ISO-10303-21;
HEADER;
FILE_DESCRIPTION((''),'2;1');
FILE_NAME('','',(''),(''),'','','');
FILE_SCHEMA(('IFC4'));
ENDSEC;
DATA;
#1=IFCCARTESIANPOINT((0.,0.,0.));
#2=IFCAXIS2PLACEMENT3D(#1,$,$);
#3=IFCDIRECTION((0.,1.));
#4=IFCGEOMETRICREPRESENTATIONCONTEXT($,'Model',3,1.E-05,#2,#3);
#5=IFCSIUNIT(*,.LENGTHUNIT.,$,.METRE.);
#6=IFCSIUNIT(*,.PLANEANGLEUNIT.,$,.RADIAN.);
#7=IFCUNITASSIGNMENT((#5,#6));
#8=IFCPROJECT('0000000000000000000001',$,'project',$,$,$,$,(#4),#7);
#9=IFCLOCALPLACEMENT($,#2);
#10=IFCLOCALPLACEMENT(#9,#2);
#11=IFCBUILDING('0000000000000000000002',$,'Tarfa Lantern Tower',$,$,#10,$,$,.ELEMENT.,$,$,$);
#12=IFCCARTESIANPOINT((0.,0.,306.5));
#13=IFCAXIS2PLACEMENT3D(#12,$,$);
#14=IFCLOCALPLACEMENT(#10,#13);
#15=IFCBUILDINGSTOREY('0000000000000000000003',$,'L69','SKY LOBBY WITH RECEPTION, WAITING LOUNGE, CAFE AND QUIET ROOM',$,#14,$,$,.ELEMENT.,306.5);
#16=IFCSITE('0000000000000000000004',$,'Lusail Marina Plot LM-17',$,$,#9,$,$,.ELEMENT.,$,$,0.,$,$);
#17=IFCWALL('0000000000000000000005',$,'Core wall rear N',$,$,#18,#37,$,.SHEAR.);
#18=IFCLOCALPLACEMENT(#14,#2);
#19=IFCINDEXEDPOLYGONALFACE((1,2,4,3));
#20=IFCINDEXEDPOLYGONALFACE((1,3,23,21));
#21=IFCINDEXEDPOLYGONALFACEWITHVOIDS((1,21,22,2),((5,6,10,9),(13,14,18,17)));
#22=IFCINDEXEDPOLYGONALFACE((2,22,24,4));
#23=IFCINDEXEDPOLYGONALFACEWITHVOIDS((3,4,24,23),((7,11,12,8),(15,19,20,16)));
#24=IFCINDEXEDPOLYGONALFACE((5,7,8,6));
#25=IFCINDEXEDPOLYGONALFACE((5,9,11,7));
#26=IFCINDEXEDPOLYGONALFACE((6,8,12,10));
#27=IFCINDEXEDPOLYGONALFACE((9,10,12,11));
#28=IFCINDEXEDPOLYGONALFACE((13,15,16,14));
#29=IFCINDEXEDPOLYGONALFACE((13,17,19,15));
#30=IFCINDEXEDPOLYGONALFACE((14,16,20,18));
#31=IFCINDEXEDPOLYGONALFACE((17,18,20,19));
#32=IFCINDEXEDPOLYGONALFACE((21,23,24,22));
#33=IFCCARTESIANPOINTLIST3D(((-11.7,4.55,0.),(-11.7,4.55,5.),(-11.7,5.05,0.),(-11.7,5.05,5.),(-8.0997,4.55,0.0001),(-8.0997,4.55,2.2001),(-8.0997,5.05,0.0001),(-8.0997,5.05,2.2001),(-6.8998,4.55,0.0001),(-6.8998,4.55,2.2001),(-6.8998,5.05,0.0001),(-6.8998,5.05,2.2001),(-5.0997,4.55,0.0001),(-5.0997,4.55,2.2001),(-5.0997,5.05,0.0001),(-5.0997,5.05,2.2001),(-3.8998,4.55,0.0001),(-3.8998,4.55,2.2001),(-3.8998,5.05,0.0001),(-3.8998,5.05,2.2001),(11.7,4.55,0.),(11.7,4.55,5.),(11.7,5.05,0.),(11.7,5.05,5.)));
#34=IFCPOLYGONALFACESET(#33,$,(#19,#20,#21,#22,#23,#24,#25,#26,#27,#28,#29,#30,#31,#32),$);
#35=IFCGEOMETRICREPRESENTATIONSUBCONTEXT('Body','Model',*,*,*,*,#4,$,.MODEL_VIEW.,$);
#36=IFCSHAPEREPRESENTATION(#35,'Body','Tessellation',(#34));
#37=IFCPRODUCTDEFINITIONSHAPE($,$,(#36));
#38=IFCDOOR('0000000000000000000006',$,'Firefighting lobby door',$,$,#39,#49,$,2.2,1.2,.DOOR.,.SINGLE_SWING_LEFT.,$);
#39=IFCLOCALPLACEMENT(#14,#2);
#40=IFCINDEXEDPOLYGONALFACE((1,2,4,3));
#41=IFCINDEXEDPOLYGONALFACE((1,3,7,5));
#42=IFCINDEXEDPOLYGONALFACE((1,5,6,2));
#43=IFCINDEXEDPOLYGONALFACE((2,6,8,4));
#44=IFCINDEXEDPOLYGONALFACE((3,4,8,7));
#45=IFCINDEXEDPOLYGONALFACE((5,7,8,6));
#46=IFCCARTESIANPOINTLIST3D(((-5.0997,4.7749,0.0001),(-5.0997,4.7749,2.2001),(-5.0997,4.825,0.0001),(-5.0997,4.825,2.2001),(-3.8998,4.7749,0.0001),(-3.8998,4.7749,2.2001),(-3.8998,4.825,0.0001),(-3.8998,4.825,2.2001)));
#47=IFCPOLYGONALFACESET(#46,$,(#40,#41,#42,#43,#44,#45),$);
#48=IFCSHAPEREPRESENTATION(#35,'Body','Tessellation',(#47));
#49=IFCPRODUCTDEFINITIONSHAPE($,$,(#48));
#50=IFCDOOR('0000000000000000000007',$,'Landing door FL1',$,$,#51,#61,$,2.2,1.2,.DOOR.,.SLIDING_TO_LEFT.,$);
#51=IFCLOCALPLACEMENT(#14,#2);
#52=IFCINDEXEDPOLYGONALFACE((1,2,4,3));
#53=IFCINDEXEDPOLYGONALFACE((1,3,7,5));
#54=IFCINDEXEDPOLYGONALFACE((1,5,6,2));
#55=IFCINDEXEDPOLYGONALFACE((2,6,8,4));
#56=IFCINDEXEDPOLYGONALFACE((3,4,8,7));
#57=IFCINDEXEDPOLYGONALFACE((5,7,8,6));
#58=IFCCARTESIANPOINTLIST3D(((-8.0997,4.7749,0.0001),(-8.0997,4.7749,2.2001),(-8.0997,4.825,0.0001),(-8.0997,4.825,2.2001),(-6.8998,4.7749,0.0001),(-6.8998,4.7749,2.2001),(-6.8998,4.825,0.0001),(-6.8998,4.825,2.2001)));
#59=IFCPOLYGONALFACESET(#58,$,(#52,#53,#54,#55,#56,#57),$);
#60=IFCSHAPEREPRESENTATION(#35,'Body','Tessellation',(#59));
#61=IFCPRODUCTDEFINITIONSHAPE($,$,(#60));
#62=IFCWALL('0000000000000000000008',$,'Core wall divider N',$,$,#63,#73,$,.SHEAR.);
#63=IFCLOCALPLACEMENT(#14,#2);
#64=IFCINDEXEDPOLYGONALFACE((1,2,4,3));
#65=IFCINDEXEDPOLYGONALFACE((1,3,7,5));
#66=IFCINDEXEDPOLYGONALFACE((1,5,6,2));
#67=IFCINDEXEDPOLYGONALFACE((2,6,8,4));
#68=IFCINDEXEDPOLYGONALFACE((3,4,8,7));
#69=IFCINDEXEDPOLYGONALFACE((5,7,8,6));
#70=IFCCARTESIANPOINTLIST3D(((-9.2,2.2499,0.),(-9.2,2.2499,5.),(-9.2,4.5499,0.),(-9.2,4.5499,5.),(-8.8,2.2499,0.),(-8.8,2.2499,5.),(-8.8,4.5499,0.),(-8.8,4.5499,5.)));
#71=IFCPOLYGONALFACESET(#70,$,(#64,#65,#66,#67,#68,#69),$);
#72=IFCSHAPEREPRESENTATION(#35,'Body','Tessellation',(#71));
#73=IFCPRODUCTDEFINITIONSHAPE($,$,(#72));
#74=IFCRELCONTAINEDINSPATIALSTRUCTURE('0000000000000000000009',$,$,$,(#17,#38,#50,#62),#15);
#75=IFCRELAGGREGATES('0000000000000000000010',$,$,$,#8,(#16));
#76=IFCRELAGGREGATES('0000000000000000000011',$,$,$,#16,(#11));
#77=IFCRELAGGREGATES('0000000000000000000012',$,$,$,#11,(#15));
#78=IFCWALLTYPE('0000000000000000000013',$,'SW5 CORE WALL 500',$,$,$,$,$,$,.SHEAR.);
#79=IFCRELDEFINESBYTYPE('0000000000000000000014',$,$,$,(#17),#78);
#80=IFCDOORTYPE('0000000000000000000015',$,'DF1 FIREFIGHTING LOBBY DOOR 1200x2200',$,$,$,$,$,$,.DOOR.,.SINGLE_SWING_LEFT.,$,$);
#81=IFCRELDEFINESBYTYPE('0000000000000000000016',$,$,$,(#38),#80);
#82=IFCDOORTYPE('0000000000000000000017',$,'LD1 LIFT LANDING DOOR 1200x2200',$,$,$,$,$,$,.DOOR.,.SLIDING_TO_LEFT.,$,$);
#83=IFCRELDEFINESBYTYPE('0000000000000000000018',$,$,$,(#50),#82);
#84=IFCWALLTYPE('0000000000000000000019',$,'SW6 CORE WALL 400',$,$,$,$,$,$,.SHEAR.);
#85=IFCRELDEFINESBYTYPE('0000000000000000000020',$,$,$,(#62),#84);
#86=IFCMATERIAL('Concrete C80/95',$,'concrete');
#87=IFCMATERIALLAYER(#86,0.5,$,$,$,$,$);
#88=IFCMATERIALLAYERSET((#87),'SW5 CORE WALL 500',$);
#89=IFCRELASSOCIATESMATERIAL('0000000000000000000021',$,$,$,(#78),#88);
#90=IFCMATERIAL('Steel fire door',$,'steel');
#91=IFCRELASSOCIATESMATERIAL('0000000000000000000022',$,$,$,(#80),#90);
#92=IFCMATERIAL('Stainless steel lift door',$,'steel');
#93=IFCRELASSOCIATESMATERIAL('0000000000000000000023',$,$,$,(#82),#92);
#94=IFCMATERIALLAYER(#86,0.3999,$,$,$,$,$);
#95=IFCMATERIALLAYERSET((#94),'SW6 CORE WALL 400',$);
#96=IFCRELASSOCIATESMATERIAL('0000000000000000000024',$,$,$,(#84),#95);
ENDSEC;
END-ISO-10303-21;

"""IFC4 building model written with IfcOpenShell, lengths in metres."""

from ifc_helpers import new_model, si_unit, direction, frame, frame_2d, origin, place, context, subcontext, project, spatial, rectangle, extrude, material, layer, layer_set, type_object, element, fill, save


model = new_model("IFC4")

# Units and contexts
model_context = context("Model", 3, precision=1e-05, world=origin(), true_north=direction((0.0, 1.0)))
body_context = subcontext(model_context, "Body", "Model", "MODEL_VIEW")
ifc_project = project(units=[si_unit("LENGTHUNIT", "METRE"), si_unit("PLANEANGLEUNIT", "RADIAN")], contexts=[model_context])

# Site, building, storey
site_placement = place(None, origin())
site = spatial("IfcSite", under=ifc_project, at=site_placement, Name="Lusail Marina Plot LM-17", CompositionType="ELEMENT", RefElevation=0.0)
building_placement = place(site_placement, origin())
building = spatial("IfcBuilding", under=site, at=building_placement, Name="Tarfa Lantern Tower", CompositionType="ELEMENT")
storey_placement = place(building_placement, frame((0.0, 0.0, 306.5)))
storey = spatial("IfcBuildingStorey", under=building, at=storey_placement, Name="L69", Description="SKY LOBBY WITH RECEPTION, WAITING LOUNGE, CAFE AND QUIET ROOM", CompositionType="ELEMENT", Elevation=306.5)

# Shared definitions
ifc_material_1 = material(Name="Concrete C80/95", Category="concrete")
ifc_material_2 = material(Name="Steel fire door", Category="steel")

# Shared definitions
ifc_layer_1 = layer(ifc_material_1, 0.5)
ifc_layer_set_1 = layer_set([ifc_layer_1], Name="SW5 CORE WALL 500")
wall_type_1 = type_object("IfcWallType", Name="SW5 CORE WALL 500", PredefinedType="SHEAR", material=ifc_layer_set_1)

# Wall, openings, doors
wall_1_placement = place(storey_placement, frame((-11.7, 4.8, 0.0), z_axis=(0.0, 0.0, 1.0), x_axis=(1.0, 0.0, 0.0)))
wall_1 = element("IfcWall", 1, at=wall_1_placement, inside=storey, type_object=wall_type_1, Name="Core wall rear N", PredefinedType="SHEAR", context=body_context, shape_type="SweptSolid", body=[
    extrude(rectangle(XDim=23.3999, YDim=0.5, at=frame_2d((11.7, 0.0))), origin(), (0.0, 0.0, 1.0), 5.0),
])
opening_1_placement = place(wall_1_placement, frame((6.6001, 0.0, 0.0)))
opening_1 = element("IfcOpeningElement", 2, at=opening_1_placement, cuts=wall_1, PredefinedType="OPENING", context=body_context, shape_type="SweptSolid", body=[
    extrude(rectangle(XDim=1.2, YDim=2.2, at=frame_2d((0.6001, 1.1001))), frame((0.0, 0.26, 0.0), z_axis=(0.0, -1.0, 0.0), x_axis=(1.0, 0.0, 0.0)), (0.0, 0.0, 1.0), 0.52),
])
opening_2_placement = place(wall_1_placement, frame((3.6001, 0.0, 0.0)))
opening_2 = element("IfcOpeningElement", 3, at=opening_2_placement, cuts=wall_1, PredefinedType="OPENING", context=body_context, shape_type="SweptSolid", body=[
    extrude(rectangle(XDim=1.2, YDim=2.2, at=frame_2d((0.6001, 1.1001))), frame((0.0, 0.26, 0.0), z_axis=(0.0, -1.0, 0.0), x_axis=(1.0, 0.0, 0.0)), (0.0, 0.0, 1.0), 0.52),
])
door_type_1 = type_object("IfcDoorType", Name="DF1 FIREFIGHTING LOBBY DOOR 1200x2200", OperationType="SINGLE_SWING_LEFT", PredefinedType="DOOR", material=ifc_material_2)
door_1_placement = place(opening_1_placement, origin())
door_1 = element("IfcDoor", 4, at=door_1_placement, inside=storey, type_object=door_type_1, Name="Firefighting lobby door", OperationType="SINGLE_SWING_LEFT", OverallHeight=2.2, OverallWidth=1.2, PredefinedType="DOOR", context=body_context, shape_type="SweptSolid", body=[
    extrude(rectangle(XDim=1.2, YDim=2.2, at=frame_2d((0.6001, 1.1001))), frame((0.0, 0.0249, 0.0), z_axis=(0.0, -1.0, 0.0), x_axis=(1.0, 0.0, 0.0)), (0.0, 0.0, 1.0), 0.05),
])
fill(opening_1, door_1)
ifc_material_3 = material(Name="Stainless steel lift door", Category="steel")
door_type_2 = type_object("IfcDoorType", Name="LD1 LIFT LANDING DOOR 1200x2200", OperationType="SLIDING_TO_LEFT", PredefinedType="DOOR", material=ifc_material_3)
door_2_placement = place(opening_2_placement, origin())
door_2 = element("IfcDoor", 5, at=door_2_placement, inside=storey, type_object=door_type_2, Name="Landing door FL1", OperationType="SLIDING_TO_LEFT", OverallHeight=2.2, OverallWidth=1.2, PredefinedType="DOOR", context=body_context, shape_type="SweptSolid", body=[
    extrude(rectangle(XDim=1.2, YDim=2.2, at=frame_2d((0.6001, 1.1001))), frame((0.0, 0.0249, 0.0), z_axis=(0.0, -1.0, 0.0), x_axis=(1.0, 0.0, 0.0)), (0.0, 0.0, 1.0), 0.05),
])
fill(opening_2, door_2)

# Wall
ifc_layer_2 = layer(ifc_material_1, 0.3999)
ifc_layer_set_2 = layer_set([ifc_layer_2], Name="SW6 CORE WALL 400")
wall_type_2 = type_object("IfcWallType", Name="SW6 CORE WALL 400", PredefinedType="SHEAR", material=ifc_layer_set_2)
wall_2_placement = place(storey_placement, frame((-9.0, 2.25, 0.0), z_axis=(0.0, 0.0, 1.0), x_axis=(0.0, 1.0, 0.0)))
element("IfcWall", 6, at=wall_2_placement, inside=storey, type_object=wall_type_2, Name="Core wall divider N", PredefinedType="SHEAR", context=body_context, shape_type="SweptSolid", body=[
    extrude(rectangle(XDim=2.3, YDim=0.3999, at=frame_2d((1.1499, 0.0))), origin(), (0.0, 0.0, 1.0), 5.0),
])

save(model, "model.ifc")
